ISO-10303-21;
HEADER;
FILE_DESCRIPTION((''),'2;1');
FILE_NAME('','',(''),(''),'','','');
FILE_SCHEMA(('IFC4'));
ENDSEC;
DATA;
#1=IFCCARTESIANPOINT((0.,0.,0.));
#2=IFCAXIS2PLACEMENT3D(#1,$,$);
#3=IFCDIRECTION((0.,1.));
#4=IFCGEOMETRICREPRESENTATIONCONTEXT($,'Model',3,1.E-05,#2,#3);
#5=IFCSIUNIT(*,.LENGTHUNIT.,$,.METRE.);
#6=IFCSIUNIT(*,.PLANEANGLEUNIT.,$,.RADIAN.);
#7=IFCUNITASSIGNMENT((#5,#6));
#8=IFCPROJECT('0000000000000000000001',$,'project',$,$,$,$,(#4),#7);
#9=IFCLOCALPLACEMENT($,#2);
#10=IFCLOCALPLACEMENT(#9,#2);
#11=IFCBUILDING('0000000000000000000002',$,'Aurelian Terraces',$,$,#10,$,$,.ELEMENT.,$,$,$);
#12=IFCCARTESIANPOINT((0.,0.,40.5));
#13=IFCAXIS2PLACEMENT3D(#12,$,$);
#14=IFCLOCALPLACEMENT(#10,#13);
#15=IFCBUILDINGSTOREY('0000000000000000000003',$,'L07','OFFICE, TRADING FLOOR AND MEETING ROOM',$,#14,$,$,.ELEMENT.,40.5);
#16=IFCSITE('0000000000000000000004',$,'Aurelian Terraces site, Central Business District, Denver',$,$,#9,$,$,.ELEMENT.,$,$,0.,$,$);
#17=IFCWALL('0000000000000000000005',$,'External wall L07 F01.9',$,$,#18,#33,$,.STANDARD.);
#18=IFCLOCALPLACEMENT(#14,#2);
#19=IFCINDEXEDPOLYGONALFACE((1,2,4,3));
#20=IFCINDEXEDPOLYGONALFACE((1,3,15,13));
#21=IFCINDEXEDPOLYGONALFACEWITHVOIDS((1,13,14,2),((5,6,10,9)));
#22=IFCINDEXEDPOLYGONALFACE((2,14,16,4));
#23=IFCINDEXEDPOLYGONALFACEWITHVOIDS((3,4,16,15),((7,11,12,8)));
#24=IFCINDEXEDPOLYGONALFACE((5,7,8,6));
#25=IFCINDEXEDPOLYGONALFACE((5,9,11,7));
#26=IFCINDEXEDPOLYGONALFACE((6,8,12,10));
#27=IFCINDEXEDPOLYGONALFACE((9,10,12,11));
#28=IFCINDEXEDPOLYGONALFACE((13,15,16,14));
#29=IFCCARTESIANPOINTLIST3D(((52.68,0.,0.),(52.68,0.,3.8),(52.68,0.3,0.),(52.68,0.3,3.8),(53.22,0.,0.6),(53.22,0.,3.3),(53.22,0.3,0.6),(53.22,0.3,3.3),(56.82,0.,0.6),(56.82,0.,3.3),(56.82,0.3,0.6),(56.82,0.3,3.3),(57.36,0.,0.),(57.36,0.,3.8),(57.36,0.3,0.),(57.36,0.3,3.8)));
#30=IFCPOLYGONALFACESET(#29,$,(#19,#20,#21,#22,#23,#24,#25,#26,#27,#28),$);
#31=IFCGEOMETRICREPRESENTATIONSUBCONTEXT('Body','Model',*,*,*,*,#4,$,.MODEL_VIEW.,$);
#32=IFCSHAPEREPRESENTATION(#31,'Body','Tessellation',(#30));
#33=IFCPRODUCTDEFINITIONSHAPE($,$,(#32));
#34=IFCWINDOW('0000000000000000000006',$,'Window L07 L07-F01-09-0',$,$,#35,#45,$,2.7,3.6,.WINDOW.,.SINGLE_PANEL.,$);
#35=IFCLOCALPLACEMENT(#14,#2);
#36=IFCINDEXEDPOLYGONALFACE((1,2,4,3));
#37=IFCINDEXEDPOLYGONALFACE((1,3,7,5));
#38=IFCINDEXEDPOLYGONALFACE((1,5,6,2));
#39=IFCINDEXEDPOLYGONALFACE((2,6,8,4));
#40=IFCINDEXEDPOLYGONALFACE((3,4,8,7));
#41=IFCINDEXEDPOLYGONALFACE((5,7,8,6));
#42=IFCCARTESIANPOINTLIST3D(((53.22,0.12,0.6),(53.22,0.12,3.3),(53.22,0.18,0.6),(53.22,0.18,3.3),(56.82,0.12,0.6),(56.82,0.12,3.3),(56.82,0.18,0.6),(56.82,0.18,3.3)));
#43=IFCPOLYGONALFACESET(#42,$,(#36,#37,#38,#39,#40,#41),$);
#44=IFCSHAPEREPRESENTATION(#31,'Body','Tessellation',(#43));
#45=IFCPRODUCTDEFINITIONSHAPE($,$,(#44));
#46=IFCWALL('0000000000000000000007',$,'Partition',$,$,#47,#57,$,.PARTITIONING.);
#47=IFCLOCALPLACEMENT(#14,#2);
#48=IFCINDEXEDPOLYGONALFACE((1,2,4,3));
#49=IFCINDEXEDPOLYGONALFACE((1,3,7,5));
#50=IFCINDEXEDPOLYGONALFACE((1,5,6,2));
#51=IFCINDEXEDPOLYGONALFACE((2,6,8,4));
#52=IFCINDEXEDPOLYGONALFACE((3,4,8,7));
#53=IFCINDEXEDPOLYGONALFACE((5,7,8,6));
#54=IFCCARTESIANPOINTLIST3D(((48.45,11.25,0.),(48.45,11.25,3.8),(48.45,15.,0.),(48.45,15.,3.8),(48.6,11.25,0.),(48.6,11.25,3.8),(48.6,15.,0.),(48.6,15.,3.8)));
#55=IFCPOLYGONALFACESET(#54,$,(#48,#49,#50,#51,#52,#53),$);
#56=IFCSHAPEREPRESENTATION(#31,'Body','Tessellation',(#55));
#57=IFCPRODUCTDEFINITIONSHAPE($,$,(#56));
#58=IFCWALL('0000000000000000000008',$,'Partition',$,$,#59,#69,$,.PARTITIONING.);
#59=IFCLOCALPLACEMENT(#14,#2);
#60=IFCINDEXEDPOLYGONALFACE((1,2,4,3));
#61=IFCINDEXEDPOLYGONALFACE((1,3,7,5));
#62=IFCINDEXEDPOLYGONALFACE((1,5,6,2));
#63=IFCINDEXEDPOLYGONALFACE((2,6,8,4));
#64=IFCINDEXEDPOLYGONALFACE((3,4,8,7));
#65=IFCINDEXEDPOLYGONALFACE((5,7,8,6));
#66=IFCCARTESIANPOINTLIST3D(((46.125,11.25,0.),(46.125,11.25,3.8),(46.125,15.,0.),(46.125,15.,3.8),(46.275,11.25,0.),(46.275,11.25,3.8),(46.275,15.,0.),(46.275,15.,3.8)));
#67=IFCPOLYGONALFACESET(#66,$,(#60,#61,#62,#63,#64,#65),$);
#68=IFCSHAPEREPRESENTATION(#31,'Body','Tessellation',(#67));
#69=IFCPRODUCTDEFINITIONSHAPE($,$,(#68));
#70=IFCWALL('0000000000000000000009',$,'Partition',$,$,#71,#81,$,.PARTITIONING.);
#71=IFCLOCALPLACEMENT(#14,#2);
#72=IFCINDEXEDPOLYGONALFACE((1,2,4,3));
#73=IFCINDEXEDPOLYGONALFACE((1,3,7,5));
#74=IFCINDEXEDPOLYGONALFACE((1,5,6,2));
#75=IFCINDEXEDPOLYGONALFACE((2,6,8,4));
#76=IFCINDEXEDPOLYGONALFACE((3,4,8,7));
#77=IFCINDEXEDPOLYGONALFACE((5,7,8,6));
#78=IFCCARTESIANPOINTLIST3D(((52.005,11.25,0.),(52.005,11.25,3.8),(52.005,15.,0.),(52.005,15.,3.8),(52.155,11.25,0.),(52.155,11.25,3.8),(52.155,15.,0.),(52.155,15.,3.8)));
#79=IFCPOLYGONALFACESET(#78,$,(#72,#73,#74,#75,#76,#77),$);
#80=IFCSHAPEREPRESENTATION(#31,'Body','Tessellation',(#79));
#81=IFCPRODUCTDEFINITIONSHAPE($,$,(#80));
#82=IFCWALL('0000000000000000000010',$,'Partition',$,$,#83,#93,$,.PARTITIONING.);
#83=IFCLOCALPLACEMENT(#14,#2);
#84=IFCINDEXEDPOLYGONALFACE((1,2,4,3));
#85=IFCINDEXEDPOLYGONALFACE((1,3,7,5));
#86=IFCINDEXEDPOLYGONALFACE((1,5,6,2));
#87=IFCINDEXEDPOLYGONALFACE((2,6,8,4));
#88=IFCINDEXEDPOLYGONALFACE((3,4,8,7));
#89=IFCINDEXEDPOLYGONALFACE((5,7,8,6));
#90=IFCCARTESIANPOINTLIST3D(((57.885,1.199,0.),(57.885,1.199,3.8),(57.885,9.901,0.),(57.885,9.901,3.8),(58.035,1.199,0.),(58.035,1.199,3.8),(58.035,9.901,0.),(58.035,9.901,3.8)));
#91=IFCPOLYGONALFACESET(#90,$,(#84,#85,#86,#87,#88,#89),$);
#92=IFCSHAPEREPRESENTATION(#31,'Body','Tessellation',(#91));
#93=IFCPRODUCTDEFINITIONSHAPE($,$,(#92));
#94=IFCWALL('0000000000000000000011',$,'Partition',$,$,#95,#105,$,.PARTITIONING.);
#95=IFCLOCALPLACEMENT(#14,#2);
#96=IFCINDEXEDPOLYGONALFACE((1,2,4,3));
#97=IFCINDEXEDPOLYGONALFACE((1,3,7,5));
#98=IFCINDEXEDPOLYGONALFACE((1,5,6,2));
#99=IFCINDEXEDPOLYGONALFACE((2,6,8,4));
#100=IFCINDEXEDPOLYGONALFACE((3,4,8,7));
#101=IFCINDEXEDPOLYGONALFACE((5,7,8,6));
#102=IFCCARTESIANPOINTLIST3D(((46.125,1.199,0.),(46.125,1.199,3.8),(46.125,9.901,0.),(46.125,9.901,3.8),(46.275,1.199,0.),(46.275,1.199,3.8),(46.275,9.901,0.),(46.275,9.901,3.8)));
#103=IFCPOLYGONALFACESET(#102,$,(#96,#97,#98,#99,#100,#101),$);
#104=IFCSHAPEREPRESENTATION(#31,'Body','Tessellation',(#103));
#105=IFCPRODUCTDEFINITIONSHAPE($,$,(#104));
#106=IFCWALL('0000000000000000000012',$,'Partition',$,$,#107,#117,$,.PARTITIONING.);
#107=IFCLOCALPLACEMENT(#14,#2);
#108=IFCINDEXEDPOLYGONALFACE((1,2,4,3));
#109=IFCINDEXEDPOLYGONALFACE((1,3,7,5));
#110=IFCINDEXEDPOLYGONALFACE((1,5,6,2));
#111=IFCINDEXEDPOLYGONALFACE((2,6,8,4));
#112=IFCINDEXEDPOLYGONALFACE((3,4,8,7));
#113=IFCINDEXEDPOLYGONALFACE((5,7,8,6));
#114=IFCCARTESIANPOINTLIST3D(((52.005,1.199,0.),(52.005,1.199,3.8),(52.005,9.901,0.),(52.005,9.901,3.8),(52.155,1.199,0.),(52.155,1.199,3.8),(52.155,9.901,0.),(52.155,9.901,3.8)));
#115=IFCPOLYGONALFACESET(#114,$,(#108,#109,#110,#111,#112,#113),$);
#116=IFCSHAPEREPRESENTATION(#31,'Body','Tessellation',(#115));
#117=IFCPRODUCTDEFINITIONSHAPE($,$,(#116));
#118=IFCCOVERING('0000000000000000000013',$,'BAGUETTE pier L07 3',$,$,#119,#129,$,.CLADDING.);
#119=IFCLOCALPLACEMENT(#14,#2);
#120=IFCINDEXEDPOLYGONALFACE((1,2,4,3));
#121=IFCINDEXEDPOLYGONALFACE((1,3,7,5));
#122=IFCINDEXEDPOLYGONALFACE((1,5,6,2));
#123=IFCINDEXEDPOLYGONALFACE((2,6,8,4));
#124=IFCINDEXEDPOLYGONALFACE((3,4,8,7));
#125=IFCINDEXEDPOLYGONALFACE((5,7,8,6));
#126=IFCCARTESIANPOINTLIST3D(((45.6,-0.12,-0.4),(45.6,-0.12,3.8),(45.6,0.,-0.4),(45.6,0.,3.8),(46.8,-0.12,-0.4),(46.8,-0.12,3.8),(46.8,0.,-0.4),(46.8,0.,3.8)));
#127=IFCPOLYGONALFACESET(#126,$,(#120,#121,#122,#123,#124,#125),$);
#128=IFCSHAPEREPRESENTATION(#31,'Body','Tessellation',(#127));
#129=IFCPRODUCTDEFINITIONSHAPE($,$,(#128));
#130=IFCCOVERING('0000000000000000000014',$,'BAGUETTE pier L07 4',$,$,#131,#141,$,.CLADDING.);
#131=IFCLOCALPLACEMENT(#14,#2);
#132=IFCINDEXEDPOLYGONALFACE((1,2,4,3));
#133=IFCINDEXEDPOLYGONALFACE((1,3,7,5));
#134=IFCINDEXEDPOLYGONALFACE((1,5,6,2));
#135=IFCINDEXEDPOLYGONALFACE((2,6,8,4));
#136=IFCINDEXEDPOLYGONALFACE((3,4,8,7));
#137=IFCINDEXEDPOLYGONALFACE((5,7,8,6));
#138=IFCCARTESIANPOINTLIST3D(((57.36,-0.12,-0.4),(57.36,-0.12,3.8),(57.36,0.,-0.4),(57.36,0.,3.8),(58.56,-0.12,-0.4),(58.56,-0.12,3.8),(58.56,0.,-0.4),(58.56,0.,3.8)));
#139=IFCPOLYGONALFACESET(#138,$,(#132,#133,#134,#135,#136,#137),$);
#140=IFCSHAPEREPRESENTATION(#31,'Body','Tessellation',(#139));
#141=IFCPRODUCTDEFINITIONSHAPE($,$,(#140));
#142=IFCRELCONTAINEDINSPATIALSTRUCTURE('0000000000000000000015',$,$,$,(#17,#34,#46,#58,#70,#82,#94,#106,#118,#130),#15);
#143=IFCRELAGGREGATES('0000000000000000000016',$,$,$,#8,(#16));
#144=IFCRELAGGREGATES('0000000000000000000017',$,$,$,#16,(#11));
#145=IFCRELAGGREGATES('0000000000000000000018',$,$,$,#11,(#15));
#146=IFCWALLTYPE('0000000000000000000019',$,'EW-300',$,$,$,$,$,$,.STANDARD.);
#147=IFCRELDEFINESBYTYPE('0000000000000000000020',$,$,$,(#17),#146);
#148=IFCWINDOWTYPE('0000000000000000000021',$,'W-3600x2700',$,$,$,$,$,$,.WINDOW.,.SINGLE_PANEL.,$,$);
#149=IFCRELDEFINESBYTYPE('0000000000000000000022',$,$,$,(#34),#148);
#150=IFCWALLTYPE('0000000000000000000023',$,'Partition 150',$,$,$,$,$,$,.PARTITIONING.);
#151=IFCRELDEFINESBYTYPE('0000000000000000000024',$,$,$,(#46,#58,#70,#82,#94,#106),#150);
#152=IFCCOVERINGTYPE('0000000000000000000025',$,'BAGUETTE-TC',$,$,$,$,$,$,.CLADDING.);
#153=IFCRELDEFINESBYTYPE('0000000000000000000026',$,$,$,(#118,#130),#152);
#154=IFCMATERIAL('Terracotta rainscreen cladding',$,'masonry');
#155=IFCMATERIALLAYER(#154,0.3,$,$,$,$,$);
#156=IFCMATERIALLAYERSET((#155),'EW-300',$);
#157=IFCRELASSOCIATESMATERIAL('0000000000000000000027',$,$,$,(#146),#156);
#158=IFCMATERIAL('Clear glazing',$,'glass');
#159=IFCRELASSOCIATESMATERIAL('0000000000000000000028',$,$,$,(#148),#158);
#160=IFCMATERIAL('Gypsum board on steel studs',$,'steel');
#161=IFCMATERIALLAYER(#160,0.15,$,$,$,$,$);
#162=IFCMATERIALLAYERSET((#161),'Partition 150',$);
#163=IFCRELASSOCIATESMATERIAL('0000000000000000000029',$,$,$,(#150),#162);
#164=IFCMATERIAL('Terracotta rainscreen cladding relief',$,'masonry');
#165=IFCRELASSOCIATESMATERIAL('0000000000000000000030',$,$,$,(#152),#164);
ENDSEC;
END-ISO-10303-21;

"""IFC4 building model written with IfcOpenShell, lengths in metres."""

from ifc_helpers import new_model, si_unit, direction, frame, frame_2d, origin, origin_2d, place, context, subcontext, project, spatial, rectangle, extrude, source, transform, mapped, material, layer, layer_set, type_object, element, fill, save


model = new_model("IFC4")

# Units and contexts
model_context = context("Model", 3, precision=1e-05, world=origin(), true_north=direction((0.0, 1.0)))
body_context = subcontext(model_context, "Body", "Model", "MODEL_VIEW")
ifc_project = project(units=[si_unit("LENGTHUNIT", "METRE"), si_unit("PLANEANGLEUNIT", "RADIAN")], contexts=[model_context])

# Site, building, storey
site_placement = place(None, origin())
site = spatial("IfcSite", under=ifc_project, at=site_placement, Name="Aurelian Terraces site, Central Business District, Denver", CompositionType="ELEMENT", RefElevation=0.0)
building_placement = place(site_placement, origin())
building = spatial("IfcBuilding", under=site, at=building_placement, Name="Aurelian Terraces", CompositionType="ELEMENT")
storey_placement = place(building_placement, frame((0.0, 0.0, 40.5)))
storey = spatial("IfcBuildingStorey", under=building, at=storey_placement, Name="L07", Description="OFFICE, TRADING FLOOR AND MEETING ROOM", CompositionType="ELEMENT", Elevation=40.5)

# Wall, opening, window
ifc_material_1 = material(Name="Terracotta rainscreen cladding", Category="masonry")
ifc_layer_1 = layer(ifc_material_1, 0.3)
ifc_layer_set_1 = layer_set([ifc_layer_1], Name="EW-300")
wall_type_1 = type_object("IfcWallType", Name="EW-300", PredefinedType="STANDARD", material=ifc_layer_set_1)
shared_shape_1 = source(origin(), body_context, "Body", "SweptSolid", [
    extrude(rectangle(XDim=3.6, YDim=2.7, at=frame_2d((1.8, 1.35))), frame((0.0, 0.16, 0.0), z_axis=(0.0, -1.0, 0.0), x_axis=(1.0, 0.0, 0.0)), (0.0, 0.0, 1.0), 0.32),
])
ifc_material_2 = material(Name="Clear glazing", Category="glass")
window_type = type_object("IfcWindowType", Name="W-3600x2700", PartitioningType="SINGLE_PANEL", PredefinedType="WINDOW", material=ifc_material_2)
shared_shape_2 = source(origin(), body_context, "Body", "SweptSolid", [
    extrude(rectangle(XDim=3.6, YDim=2.7, at=frame_2d((1.8, 1.35))), frame((0.0, 0.03, 0.0), z_axis=(0.0, -1.0, 0.0), x_axis=(1.0, 0.0, 0.0)), (0.0, 0.0, 1.0), 0.06),
])
wall_1_placement = place(storey_placement, frame((52.68, 0.15, 0.0), z_axis=(0.0, 0.0, 1.0), x_axis=(1.0, 0.0, 0.0)))
wall_1 = element("IfcWall", 1, at=wall_1_placement, inside=storey, type_object=wall_type_1, Name="External wall L07 F01.9", PredefinedType="STANDARD", context=body_context, shape_type="SweptSolid", body=[
    extrude(rectangle(XDim=4.68, YDim=0.3, at=frame_2d((2.34, 0.0))), origin(), (0.0, 0.0, 1.0), 3.8),
])
opening_1_placement = place(wall_1_placement, frame((0.54, 0.0, 0.6)))
opening_1 = element("IfcOpeningElement", 2, at=opening_1_placement, cuts=wall_1, PredefinedType="OPENING", context=body_context, shape_type="MappedRepresentation", body=[
    mapped(shared_shape_1, transform((0.0, 0.0, 0.0), scale=1.0)),
])
window_1_placement = place(opening_1_placement, origin())
window_1 = element("IfcWindow", 3, at=window_1_placement, inside=storey, type_object=window_type, Name="Window L07 L07-F01-09-0", OverallHeight=2.7, OverallWidth=3.6, PartitioningType="SINGLE_PANEL", PredefinedType="WINDOW", context=body_context, shape_type="MappedRepresentation", body=[
    mapped(shared_shape_2, transform((0.0, 0.0, 0.0), scale=1.0)),
])
fill(opening_1, window_1)

# Walls
ifc_material_3 = material(Name="Gypsum board on steel studs", Category="steel")
ifc_layer_2 = layer(ifc_material_3, 0.15)
ifc_layer_set_2 = layer_set([ifc_layer_2], Name="Partition 150")
wall_type_2 = type_object("IfcWallType", Name="Partition 150", PredefinedType="PARTITIONING", material=ifc_layer_set_2)
shared_shape_3 = source(origin(), body_context, "Body", "SweptSolid", [
    extrude(rectangle(XDim=3.75, YDim=0.15, at=frame_2d((1.875, 0.0))), origin(), (0.0, 0.0, 1.0), 3.8),
])
for number, where, z_axis, x_axis, name in (
    (4, (48.525, 11.25, 0.0), (0.0, 0.0, 1.0), (0.0, 1.0, 0.0), "Partition"),
    (5, (46.2, 11.25, 0.0), (0.0, 0.0, 1.0), (0.0, 1.0, 0.0), "Partition"),
    (6, (52.08, 11.25, 0.0), (0.0, 0.0, 1.0), (0.0, 1.0, 0.0), "Partition"),
):
    element("IfcWall", number, at=place(storey_placement, frame(where, z_axis=z_axis, x_axis=x_axis)), inside=storey, type_object=wall_type_2, Name=name, PredefinedType="PARTITIONING", context=body_context, shape_type="MappedRepresentation", body=[
        mapped(shared_shape_3, transform((0.0, 0.0, 0.0), scale=1.0)),
    ])
shared_shape_4 = source(origin(), body_context, "Body", "SweptSolid", [
    extrude(rectangle(XDim=8.702, YDim=0.15, at=frame_2d((4.351, 0.0))), origin(), (0.0, 0.0, 1.0), 3.8),
])
for number, where, z_axis, x_axis, name in (
    (7, (57.96, 1.199, 0.0), (0.0, 0.0, 1.0), (0.0, 1.0, 0.0), "Partition"),
    (8, (46.2, 1.199, 0.0), (0.0, 0.0, 1.0), (0.0, 1.0, 0.0), "Partition"),
    (9, (52.08, 1.199, 0.0), (0.0, 0.0, 1.0), (0.0, 1.0, 0.0), "Partition"),
):
    element("IfcWall", number, at=place(storey_placement, frame(where, z_axis=z_axis, x_axis=x_axis)), inside=storey, type_object=wall_type_2, Name=name, PredefinedType="PARTITIONING", context=body_context, shape_type="MappedRepresentation", body=[
        mapped(shared_shape_4, transform((0.0, 0.0, 0.0), scale=1.0)),
    ])

# Coverings
ifc_material_4 = material(Name="Terracotta rainscreen cladding relief", Category="masonry")
covering_type = type_object("IfcCoveringType", Name="BAGUETTE-TC", PredefinedType="CLADDING", material=ifc_material_4)
shared_shape_5 = source(origin(), body_context, "Body", "SweptSolid", [
    extrude(rectangle(XDim=1.2, YDim=0.12, at=origin_2d()), origin(), (0.0, 0.0, 1.0), 4.2),
])
for number, where, z_axis, x_axis, name in (
    (10, (46.2, -0.06, -0.4), (0.0, 0.0, 1.0), (1.0, 0.0, 0.0), "BAGUETTE pier L07 3"),
    (11, (57.96, -0.06, -0.4), (0.0, 0.0, 1.0), (1.0, 0.0, 0.0), "BAGUETTE pier L07 4"),
):
    element("IfcCovering", number, at=place(storey_placement, frame(where, z_axis=z_axis, x_axis=x_axis)), inside=storey, type_object=covering_type, Name=name, PredefinedType="CLADDING", context=body_context, shape_type="MappedRepresentation", body=[
        mapped(shared_shape_5, transform((0.0, 0.0, 0.0), scale=1.0)),
    ])

save(model, "model.ifc")
